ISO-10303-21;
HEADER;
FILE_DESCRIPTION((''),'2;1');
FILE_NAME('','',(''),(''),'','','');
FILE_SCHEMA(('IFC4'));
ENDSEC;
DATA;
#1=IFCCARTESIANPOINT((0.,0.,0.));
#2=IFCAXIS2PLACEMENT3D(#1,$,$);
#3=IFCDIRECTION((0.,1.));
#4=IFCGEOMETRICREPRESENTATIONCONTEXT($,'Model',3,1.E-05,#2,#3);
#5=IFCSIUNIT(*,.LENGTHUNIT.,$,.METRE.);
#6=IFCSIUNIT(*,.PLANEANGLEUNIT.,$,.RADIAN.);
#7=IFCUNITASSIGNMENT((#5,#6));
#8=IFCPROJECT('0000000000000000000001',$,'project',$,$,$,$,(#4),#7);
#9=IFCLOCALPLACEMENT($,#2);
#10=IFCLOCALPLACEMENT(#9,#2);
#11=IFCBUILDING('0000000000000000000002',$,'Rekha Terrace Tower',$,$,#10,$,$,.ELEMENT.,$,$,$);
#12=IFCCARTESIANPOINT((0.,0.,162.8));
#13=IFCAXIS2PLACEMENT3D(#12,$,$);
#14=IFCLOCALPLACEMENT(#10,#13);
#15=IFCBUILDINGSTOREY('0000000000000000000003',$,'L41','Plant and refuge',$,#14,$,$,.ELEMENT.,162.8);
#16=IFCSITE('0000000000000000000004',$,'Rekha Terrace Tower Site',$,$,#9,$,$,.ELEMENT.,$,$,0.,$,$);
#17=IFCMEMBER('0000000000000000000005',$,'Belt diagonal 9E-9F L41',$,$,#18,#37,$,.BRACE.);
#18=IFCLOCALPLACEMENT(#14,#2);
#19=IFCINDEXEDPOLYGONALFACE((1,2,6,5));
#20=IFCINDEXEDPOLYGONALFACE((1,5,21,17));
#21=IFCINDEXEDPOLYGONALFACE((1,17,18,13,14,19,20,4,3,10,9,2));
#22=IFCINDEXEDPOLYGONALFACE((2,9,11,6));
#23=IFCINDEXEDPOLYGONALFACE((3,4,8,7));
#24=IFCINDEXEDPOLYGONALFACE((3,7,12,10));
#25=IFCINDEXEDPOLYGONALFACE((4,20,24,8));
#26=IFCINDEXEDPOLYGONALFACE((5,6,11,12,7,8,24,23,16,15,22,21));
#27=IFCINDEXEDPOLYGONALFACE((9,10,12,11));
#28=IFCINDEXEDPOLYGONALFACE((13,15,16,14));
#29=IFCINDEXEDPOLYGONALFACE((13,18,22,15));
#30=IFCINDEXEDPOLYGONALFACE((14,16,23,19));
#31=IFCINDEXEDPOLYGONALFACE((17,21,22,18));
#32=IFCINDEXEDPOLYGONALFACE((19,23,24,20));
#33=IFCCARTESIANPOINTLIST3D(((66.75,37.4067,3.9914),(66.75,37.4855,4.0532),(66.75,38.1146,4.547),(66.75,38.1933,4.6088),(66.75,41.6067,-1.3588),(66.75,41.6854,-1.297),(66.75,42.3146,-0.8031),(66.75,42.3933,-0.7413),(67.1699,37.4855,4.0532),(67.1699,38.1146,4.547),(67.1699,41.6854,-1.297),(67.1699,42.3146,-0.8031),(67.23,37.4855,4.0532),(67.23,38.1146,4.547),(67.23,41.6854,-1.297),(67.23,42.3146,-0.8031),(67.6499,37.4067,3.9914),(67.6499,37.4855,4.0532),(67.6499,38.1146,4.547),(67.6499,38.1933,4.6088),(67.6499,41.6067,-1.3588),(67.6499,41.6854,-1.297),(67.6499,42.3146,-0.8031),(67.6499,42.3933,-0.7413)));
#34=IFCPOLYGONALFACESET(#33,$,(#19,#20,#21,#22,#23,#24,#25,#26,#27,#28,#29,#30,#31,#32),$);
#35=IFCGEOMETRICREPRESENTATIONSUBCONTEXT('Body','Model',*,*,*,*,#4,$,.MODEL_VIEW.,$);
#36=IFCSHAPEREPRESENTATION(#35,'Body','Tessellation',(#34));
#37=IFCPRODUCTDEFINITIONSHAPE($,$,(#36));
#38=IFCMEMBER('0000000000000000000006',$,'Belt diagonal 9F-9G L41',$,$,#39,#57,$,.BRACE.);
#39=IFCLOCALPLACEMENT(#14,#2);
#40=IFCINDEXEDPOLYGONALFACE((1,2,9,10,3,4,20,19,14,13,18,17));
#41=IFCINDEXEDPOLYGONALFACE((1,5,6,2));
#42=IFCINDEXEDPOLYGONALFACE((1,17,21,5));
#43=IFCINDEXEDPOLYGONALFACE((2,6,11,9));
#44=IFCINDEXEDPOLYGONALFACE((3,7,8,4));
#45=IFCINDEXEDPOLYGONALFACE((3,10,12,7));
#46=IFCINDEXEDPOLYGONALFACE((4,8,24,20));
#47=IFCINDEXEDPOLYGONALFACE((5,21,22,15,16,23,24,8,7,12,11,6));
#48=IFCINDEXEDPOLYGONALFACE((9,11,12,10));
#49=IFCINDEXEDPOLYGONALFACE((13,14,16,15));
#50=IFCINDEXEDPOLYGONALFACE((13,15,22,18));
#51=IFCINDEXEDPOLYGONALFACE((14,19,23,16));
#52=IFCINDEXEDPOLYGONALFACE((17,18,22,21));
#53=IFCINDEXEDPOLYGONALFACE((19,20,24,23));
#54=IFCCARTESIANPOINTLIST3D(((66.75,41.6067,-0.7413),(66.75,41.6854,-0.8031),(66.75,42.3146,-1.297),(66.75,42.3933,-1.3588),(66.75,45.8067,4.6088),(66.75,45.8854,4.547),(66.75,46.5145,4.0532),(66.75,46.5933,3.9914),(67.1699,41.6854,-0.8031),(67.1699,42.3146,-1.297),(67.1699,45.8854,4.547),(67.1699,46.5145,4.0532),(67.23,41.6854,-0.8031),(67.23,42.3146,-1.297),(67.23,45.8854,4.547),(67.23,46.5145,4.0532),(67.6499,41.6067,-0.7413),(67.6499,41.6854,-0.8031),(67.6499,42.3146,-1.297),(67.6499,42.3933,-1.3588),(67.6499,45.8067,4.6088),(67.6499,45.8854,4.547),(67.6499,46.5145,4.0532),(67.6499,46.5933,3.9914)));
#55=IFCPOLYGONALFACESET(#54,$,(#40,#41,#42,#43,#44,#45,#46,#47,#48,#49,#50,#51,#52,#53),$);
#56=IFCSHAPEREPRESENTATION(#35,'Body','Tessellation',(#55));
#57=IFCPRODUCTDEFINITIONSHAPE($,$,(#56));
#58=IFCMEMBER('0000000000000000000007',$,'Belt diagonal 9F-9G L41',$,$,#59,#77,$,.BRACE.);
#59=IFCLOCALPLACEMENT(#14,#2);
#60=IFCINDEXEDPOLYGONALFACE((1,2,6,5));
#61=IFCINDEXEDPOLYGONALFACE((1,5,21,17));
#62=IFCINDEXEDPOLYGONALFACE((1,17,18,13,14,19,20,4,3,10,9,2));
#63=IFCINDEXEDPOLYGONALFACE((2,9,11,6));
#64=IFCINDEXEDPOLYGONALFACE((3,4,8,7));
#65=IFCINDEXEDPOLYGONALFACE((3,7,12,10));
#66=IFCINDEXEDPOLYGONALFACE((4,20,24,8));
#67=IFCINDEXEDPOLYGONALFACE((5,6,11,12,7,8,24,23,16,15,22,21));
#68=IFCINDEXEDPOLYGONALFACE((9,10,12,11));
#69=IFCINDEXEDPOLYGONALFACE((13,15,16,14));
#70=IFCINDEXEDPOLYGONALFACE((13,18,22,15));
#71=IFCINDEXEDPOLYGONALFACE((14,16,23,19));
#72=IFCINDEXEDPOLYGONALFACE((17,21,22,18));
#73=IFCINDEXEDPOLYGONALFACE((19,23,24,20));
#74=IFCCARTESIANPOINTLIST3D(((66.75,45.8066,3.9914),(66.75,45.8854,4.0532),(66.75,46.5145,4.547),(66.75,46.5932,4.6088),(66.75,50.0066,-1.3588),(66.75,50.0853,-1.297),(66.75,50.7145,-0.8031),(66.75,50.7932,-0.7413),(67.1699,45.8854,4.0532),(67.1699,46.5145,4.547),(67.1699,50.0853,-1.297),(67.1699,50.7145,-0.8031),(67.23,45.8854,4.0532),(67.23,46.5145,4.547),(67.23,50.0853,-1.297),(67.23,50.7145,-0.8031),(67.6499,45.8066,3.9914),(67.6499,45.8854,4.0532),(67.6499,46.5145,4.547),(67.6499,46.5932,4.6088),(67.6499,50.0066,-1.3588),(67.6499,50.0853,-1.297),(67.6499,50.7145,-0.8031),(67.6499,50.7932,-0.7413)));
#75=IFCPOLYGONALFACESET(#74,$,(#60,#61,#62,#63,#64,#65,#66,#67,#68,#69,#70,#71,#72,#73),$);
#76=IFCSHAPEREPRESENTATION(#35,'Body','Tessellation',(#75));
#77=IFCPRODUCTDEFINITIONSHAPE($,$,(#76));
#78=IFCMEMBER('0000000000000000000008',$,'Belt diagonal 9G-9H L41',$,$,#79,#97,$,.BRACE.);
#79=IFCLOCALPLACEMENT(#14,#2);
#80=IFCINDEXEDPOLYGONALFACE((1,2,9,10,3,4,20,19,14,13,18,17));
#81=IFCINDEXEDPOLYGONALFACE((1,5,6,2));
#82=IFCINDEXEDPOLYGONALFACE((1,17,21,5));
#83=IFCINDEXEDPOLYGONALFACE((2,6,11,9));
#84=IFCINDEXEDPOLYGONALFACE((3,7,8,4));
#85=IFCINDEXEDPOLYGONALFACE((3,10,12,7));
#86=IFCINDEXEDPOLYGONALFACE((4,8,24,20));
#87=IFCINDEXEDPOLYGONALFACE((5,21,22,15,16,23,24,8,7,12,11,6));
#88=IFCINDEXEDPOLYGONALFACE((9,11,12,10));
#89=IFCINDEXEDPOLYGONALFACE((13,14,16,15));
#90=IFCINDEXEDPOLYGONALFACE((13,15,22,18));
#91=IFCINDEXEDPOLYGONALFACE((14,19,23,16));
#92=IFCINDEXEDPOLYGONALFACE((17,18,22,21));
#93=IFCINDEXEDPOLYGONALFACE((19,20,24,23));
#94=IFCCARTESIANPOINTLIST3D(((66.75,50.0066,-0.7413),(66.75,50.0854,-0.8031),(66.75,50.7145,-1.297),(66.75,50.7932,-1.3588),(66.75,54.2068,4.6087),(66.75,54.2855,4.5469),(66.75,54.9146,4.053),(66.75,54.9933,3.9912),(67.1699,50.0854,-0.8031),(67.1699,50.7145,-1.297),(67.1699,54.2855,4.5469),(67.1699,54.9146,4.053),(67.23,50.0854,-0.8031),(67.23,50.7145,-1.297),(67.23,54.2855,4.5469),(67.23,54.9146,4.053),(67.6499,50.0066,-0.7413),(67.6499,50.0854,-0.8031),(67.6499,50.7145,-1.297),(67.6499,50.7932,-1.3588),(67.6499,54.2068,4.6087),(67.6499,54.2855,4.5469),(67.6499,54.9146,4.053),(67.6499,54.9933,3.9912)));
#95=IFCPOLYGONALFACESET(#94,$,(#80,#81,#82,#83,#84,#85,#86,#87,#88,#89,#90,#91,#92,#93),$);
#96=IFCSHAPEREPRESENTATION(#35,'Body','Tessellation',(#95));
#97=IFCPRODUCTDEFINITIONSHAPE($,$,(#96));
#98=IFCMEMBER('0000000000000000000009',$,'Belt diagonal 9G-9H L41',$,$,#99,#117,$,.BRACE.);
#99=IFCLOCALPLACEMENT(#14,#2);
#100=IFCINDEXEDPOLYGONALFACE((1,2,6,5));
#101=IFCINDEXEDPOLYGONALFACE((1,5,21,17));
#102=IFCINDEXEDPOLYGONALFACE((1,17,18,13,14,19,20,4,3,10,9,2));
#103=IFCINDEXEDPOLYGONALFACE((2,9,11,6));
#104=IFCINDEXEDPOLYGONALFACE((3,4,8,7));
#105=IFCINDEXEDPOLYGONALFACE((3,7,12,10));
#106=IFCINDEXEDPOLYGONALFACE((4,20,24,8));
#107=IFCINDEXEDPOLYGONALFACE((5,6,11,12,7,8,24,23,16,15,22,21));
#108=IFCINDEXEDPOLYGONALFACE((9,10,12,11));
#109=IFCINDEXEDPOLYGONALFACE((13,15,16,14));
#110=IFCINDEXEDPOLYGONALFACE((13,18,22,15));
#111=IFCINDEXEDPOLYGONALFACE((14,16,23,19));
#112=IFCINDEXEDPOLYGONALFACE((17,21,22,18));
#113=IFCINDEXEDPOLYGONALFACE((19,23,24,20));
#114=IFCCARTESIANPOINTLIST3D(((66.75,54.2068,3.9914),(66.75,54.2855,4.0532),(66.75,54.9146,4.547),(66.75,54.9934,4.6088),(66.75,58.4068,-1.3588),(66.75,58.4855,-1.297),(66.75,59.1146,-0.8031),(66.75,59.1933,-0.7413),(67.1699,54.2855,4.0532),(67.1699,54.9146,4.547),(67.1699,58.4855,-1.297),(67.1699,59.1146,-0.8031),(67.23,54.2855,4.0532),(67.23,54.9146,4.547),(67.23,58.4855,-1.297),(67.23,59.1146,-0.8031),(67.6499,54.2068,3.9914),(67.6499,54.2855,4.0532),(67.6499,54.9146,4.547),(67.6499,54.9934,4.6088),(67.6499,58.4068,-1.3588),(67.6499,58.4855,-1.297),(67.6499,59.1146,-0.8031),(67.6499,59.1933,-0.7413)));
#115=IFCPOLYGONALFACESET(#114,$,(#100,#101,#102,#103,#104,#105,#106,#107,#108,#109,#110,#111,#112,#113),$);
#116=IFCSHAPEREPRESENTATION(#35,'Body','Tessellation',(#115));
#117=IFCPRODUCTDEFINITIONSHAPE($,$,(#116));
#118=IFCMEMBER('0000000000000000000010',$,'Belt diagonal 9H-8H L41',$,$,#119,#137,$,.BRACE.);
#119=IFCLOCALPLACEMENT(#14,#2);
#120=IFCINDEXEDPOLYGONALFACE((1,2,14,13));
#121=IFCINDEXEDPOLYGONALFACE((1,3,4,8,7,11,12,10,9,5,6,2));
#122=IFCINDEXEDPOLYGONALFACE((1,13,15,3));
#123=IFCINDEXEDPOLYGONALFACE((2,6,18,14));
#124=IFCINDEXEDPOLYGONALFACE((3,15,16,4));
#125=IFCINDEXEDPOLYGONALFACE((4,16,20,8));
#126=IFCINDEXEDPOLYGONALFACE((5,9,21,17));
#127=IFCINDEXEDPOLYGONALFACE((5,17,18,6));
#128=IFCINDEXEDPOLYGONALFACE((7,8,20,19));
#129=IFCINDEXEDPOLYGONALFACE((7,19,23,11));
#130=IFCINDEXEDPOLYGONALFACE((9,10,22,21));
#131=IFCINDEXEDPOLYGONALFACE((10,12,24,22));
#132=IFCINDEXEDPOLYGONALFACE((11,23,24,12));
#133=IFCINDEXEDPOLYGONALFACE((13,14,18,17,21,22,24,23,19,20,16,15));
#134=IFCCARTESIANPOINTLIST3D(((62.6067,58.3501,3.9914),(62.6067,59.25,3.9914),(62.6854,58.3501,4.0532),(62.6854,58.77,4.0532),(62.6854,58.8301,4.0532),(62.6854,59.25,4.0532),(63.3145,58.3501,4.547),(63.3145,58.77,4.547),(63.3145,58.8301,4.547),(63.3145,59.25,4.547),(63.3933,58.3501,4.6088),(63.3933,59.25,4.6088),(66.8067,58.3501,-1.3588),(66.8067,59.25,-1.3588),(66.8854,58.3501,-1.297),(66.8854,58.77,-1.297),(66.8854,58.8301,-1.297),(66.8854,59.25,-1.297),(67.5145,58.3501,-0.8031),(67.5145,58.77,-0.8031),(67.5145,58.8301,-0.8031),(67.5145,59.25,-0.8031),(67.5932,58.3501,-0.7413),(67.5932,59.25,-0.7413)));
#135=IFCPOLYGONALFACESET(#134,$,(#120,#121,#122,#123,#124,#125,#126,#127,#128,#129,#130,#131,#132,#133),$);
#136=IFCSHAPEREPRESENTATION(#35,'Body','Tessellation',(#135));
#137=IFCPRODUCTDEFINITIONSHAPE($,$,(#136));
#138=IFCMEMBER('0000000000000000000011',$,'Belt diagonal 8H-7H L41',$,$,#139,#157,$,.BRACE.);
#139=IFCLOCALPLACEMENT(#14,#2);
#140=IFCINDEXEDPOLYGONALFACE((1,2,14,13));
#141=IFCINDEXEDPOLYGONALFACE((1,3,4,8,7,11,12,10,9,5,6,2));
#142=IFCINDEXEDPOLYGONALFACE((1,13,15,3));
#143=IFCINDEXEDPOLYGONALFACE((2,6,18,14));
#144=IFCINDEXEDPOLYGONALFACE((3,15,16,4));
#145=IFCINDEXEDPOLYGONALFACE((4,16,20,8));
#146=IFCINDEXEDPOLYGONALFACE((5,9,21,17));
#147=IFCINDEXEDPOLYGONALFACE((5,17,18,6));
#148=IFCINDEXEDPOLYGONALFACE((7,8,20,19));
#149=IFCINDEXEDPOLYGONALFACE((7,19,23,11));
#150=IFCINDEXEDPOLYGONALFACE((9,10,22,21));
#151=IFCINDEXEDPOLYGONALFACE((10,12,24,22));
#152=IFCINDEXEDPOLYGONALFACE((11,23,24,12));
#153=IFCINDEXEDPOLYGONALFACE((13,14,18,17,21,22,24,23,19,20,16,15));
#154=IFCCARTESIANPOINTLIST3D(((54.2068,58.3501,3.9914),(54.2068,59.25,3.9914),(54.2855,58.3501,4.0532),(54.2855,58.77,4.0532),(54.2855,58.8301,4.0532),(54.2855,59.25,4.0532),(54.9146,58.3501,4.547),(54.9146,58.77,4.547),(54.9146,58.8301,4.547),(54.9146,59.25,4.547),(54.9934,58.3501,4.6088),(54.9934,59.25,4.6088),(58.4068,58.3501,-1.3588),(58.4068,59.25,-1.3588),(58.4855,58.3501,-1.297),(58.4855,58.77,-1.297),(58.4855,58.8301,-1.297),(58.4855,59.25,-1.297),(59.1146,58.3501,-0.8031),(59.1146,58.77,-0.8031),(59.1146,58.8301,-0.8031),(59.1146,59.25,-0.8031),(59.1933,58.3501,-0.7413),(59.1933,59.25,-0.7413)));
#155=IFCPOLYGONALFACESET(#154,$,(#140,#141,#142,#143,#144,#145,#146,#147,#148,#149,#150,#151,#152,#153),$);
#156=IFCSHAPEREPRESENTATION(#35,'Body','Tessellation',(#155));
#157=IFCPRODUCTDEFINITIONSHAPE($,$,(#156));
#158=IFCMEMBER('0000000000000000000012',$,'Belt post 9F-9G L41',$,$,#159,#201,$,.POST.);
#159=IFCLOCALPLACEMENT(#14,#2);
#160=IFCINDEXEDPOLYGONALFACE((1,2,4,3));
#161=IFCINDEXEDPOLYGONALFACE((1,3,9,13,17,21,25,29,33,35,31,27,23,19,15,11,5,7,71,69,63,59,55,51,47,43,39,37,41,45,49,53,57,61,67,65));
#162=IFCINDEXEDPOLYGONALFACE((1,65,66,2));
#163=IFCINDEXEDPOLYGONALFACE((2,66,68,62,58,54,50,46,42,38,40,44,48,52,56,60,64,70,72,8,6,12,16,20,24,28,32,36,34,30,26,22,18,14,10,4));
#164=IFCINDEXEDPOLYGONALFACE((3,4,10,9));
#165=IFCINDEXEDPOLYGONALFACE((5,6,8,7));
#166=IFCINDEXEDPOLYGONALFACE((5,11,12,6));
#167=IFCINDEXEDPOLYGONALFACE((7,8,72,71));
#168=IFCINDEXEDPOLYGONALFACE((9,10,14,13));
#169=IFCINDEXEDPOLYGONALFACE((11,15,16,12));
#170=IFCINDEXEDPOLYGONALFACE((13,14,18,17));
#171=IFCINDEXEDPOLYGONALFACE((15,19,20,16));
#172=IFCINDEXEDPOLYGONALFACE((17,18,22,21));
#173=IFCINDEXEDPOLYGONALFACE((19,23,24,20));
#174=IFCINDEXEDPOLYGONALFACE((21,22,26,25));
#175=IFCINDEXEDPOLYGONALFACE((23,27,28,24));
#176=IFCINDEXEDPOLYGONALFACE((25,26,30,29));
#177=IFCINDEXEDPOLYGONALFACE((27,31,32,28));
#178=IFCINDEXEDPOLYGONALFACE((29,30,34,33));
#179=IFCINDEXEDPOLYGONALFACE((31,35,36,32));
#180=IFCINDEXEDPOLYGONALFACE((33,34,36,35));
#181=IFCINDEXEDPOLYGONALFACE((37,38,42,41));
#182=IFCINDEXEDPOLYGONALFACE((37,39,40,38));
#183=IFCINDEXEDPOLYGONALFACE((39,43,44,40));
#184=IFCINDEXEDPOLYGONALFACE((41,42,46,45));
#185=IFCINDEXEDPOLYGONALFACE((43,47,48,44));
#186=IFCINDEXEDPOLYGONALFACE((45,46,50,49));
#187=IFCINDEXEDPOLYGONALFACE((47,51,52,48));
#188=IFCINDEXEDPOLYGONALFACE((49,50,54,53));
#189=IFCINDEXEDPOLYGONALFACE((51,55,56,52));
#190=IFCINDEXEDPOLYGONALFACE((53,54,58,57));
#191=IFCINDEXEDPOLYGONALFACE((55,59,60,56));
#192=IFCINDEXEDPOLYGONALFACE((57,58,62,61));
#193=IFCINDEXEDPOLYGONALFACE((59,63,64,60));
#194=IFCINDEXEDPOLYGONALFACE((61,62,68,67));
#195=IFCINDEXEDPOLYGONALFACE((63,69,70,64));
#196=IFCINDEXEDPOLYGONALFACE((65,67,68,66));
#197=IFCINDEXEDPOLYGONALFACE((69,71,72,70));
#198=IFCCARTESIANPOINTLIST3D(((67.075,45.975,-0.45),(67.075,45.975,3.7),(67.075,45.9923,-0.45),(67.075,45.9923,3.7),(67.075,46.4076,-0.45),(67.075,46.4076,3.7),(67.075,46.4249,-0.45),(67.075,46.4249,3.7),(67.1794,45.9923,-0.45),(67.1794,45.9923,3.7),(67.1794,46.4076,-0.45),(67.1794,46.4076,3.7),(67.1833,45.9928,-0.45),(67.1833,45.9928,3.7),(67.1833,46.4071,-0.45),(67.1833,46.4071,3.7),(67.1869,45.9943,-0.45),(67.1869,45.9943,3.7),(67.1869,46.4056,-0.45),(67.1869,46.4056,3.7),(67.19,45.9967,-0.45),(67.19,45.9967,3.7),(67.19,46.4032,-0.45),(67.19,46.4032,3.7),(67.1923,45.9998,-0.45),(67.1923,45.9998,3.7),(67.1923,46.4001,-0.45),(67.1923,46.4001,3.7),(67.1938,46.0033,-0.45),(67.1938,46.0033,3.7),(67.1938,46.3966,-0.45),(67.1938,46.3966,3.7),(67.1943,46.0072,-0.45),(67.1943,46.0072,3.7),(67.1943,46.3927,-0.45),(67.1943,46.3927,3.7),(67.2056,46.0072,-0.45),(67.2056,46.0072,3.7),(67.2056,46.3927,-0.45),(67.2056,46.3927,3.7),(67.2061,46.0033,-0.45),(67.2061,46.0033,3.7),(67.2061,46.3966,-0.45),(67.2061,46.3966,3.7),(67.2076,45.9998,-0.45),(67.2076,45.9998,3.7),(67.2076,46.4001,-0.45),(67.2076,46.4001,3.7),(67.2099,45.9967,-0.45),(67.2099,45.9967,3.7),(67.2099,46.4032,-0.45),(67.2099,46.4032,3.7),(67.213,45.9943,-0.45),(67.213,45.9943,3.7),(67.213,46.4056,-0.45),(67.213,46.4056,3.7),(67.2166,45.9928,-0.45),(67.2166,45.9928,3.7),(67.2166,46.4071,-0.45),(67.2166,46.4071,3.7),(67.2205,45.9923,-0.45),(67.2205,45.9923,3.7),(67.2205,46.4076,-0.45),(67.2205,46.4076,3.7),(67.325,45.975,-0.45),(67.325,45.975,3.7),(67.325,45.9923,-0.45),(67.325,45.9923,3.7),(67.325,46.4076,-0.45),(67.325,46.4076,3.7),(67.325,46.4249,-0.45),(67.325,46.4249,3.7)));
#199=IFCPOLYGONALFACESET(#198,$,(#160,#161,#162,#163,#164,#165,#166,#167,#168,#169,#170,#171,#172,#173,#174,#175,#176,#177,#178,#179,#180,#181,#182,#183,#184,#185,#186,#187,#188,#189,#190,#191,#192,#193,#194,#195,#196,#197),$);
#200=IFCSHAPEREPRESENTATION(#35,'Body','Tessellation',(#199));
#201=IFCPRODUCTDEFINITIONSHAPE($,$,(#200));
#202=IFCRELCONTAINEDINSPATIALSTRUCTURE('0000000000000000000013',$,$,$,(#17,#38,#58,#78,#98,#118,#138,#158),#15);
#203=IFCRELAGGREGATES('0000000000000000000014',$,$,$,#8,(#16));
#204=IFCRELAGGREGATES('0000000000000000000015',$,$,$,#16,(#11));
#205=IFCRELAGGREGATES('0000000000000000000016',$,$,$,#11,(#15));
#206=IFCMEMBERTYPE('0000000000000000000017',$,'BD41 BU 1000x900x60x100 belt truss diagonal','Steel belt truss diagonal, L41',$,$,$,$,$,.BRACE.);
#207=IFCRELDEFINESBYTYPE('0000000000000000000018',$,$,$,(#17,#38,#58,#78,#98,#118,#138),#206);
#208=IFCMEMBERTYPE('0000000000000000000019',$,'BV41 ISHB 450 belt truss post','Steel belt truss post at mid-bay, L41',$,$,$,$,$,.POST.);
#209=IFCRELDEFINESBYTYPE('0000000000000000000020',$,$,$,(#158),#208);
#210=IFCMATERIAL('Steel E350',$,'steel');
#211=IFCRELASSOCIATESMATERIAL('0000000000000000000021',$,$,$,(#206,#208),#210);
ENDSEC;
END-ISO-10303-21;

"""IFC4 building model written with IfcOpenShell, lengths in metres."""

from ifc_helpers import new_model, si_unit, direction, frame, origin, origin_2d, place, context, subcontext, project, spatial, i_section, extrude, material, material_profile, profile_set, type_object, element, save


model = new_model("IFC4")

# Units and contexts
model_context = context("Model", 3, precision=1e-05, world=origin(), true_north=direction((0.0, 1.0)))
body_context = subcontext(model_context, "Body", "Model", "MODEL_VIEW")
ifc_project = project(units=[si_unit("LENGTHUNIT", "METRE"), si_unit("PLANEANGLEUNIT", "RADIAN")], contexts=[model_context])

# Site, building, storey
site_placement = place(None, origin())
site = spatial("IfcSite", under=ifc_project, at=site_placement, Name="Rekha Terrace Tower Site", CompositionType="ELEMENT", RefElevation=0.0)
building_placement = place(site_placement, origin())
building = spatial("IfcBuilding", under=site, at=building_placement, Name="Rekha Terrace Tower", CompositionType="ELEMENT")
storey_placement = place(building_placement, frame((0.0, 0.0, 162.8)))
storey = spatial("IfcBuildingStorey", under=building, at=storey_placement, Name="L41", Description="Plant and refuge", CompositionType="ELEMENT", Elevation=162.8)

# Members
ifc_material_1 = material(Name="Steel E350", Category="steel")
ifc_material_profile_1 = material_profile(ifc_material_1, i_section(OverallWidth=0.8999, OverallDepth=1.0, WebThickness=0.0601, FlangeThickness=0.1001, at=origin_2d()), Name="BU 1000x900x60x100")
ifc_profile_set_1 = profile_set([ifc_material_profile_1], Name="Steel E350")
member_type_1 = type_object("IfcMemberType", Name="BD41 BU 1000x900x60x100 belt truss diagonal", Description="Steel belt truss diagonal, L41", PredefinedType="BRACE", material=ifc_profile_set_1)
for number, where, z_axis, x_axis, name in (
    (1, (67.2, 42.0, -1.05), (0.0, -0.617485, 0.786582), (1.0, 0.0, 0.0), "Belt diagonal 9E-9F L41"),
    (2, (67.2, 42.0, -1.05), (0.0, 0.617485, 0.786582), (-1.0, 0.0, 0.0), "Belt diagonal 9F-9G L41"),
    (3, (67.2, 50.3999, -1.05), (0.0, -0.617485, 0.786582), (1.0, 0.0, 0.0), "Belt diagonal 9F-9G L41"),
    (4, (67.2, 50.3999, -1.05), (0.0, 0.617508, 0.786565), (-1.0, 0.0, 0.0), "Belt diagonal 9G-9H L41"),
    (5, (67.2, 58.8, -1.05), (0.0, -0.617485, 0.786582), (1.0, 0.0, 0.0), "Belt diagonal 9G-9H L41"),
    (6, (67.2, 58.8, -1.05), (-0.617485, 0.0, 0.786582), (0.0, -1.0, 0.0), "Belt diagonal 9H-8H L41"),
    (7, (58.8, 58.8, -1.05), (-0.617485, 0.0, 0.786582), (0.0, -1.0, 0.0), "Belt diagonal 8H-7H L41"),
):
    element("IfcMember", number, at=place(storey_placement, frame(where, z_axis=z_axis, x_axis=x_axis)), inside=storey, type_object=member_type_1, Name=name, PredefinedType="BRACE", context=body_context, shape_type="SweptSolid", body=[
        extrude(i_section(OverallWidth=0.8999, OverallDepth=1.0, WebThickness=0.0601, FlangeThickness=0.1001, at=origin_2d()), origin(), (0.0, 0.0, 1.0), 6.8018),
    ])
ifc_material_profile_2 = material_profile(ifc_material_1, i_section(OverallWidth=0.25, OverallDepth=0.45, WebThickness=0.0112, FlangeThickness=0.0173, FilletRadius=0.0149, at=origin_2d()), Name="ISHB 450")
ifc_profile_set_2 = profile_set([ifc_material_profile_2], Name="Steel E350")
member_type_2 = type_object("IfcMemberType", Name="BV41 ISHB 450 belt truss post", Description="Steel belt truss post at mid-bay, L41", PredefinedType="POST", material=ifc_profile_set_2)
for number, where, z_axis, x_axis, name in (
    (8, (67.2, 46.2, -0.45), (0.0, 0.0, 1.0), (1.0, 0.0, 0.0), "Belt post 9F-9G L41"),
):
    element("IfcMember", number, at=place(storey_placement, frame(where, z_axis=z_axis, x_axis=x_axis)), inside=storey, type_object=member_type_2, Name=name, PredefinedType="POST", context=body_context, shape_type="SweptSolid", body=[
        extrude(i_section(OverallWidth=0.25, OverallDepth=0.45, WebThickness=0.0112, FlangeThickness=0.0173, FilletRadius=0.0149, at=origin_2d()), origin(), (0.0, 0.0, 1.0), 4.1499),
    ])

save(model, "model.ifc")
